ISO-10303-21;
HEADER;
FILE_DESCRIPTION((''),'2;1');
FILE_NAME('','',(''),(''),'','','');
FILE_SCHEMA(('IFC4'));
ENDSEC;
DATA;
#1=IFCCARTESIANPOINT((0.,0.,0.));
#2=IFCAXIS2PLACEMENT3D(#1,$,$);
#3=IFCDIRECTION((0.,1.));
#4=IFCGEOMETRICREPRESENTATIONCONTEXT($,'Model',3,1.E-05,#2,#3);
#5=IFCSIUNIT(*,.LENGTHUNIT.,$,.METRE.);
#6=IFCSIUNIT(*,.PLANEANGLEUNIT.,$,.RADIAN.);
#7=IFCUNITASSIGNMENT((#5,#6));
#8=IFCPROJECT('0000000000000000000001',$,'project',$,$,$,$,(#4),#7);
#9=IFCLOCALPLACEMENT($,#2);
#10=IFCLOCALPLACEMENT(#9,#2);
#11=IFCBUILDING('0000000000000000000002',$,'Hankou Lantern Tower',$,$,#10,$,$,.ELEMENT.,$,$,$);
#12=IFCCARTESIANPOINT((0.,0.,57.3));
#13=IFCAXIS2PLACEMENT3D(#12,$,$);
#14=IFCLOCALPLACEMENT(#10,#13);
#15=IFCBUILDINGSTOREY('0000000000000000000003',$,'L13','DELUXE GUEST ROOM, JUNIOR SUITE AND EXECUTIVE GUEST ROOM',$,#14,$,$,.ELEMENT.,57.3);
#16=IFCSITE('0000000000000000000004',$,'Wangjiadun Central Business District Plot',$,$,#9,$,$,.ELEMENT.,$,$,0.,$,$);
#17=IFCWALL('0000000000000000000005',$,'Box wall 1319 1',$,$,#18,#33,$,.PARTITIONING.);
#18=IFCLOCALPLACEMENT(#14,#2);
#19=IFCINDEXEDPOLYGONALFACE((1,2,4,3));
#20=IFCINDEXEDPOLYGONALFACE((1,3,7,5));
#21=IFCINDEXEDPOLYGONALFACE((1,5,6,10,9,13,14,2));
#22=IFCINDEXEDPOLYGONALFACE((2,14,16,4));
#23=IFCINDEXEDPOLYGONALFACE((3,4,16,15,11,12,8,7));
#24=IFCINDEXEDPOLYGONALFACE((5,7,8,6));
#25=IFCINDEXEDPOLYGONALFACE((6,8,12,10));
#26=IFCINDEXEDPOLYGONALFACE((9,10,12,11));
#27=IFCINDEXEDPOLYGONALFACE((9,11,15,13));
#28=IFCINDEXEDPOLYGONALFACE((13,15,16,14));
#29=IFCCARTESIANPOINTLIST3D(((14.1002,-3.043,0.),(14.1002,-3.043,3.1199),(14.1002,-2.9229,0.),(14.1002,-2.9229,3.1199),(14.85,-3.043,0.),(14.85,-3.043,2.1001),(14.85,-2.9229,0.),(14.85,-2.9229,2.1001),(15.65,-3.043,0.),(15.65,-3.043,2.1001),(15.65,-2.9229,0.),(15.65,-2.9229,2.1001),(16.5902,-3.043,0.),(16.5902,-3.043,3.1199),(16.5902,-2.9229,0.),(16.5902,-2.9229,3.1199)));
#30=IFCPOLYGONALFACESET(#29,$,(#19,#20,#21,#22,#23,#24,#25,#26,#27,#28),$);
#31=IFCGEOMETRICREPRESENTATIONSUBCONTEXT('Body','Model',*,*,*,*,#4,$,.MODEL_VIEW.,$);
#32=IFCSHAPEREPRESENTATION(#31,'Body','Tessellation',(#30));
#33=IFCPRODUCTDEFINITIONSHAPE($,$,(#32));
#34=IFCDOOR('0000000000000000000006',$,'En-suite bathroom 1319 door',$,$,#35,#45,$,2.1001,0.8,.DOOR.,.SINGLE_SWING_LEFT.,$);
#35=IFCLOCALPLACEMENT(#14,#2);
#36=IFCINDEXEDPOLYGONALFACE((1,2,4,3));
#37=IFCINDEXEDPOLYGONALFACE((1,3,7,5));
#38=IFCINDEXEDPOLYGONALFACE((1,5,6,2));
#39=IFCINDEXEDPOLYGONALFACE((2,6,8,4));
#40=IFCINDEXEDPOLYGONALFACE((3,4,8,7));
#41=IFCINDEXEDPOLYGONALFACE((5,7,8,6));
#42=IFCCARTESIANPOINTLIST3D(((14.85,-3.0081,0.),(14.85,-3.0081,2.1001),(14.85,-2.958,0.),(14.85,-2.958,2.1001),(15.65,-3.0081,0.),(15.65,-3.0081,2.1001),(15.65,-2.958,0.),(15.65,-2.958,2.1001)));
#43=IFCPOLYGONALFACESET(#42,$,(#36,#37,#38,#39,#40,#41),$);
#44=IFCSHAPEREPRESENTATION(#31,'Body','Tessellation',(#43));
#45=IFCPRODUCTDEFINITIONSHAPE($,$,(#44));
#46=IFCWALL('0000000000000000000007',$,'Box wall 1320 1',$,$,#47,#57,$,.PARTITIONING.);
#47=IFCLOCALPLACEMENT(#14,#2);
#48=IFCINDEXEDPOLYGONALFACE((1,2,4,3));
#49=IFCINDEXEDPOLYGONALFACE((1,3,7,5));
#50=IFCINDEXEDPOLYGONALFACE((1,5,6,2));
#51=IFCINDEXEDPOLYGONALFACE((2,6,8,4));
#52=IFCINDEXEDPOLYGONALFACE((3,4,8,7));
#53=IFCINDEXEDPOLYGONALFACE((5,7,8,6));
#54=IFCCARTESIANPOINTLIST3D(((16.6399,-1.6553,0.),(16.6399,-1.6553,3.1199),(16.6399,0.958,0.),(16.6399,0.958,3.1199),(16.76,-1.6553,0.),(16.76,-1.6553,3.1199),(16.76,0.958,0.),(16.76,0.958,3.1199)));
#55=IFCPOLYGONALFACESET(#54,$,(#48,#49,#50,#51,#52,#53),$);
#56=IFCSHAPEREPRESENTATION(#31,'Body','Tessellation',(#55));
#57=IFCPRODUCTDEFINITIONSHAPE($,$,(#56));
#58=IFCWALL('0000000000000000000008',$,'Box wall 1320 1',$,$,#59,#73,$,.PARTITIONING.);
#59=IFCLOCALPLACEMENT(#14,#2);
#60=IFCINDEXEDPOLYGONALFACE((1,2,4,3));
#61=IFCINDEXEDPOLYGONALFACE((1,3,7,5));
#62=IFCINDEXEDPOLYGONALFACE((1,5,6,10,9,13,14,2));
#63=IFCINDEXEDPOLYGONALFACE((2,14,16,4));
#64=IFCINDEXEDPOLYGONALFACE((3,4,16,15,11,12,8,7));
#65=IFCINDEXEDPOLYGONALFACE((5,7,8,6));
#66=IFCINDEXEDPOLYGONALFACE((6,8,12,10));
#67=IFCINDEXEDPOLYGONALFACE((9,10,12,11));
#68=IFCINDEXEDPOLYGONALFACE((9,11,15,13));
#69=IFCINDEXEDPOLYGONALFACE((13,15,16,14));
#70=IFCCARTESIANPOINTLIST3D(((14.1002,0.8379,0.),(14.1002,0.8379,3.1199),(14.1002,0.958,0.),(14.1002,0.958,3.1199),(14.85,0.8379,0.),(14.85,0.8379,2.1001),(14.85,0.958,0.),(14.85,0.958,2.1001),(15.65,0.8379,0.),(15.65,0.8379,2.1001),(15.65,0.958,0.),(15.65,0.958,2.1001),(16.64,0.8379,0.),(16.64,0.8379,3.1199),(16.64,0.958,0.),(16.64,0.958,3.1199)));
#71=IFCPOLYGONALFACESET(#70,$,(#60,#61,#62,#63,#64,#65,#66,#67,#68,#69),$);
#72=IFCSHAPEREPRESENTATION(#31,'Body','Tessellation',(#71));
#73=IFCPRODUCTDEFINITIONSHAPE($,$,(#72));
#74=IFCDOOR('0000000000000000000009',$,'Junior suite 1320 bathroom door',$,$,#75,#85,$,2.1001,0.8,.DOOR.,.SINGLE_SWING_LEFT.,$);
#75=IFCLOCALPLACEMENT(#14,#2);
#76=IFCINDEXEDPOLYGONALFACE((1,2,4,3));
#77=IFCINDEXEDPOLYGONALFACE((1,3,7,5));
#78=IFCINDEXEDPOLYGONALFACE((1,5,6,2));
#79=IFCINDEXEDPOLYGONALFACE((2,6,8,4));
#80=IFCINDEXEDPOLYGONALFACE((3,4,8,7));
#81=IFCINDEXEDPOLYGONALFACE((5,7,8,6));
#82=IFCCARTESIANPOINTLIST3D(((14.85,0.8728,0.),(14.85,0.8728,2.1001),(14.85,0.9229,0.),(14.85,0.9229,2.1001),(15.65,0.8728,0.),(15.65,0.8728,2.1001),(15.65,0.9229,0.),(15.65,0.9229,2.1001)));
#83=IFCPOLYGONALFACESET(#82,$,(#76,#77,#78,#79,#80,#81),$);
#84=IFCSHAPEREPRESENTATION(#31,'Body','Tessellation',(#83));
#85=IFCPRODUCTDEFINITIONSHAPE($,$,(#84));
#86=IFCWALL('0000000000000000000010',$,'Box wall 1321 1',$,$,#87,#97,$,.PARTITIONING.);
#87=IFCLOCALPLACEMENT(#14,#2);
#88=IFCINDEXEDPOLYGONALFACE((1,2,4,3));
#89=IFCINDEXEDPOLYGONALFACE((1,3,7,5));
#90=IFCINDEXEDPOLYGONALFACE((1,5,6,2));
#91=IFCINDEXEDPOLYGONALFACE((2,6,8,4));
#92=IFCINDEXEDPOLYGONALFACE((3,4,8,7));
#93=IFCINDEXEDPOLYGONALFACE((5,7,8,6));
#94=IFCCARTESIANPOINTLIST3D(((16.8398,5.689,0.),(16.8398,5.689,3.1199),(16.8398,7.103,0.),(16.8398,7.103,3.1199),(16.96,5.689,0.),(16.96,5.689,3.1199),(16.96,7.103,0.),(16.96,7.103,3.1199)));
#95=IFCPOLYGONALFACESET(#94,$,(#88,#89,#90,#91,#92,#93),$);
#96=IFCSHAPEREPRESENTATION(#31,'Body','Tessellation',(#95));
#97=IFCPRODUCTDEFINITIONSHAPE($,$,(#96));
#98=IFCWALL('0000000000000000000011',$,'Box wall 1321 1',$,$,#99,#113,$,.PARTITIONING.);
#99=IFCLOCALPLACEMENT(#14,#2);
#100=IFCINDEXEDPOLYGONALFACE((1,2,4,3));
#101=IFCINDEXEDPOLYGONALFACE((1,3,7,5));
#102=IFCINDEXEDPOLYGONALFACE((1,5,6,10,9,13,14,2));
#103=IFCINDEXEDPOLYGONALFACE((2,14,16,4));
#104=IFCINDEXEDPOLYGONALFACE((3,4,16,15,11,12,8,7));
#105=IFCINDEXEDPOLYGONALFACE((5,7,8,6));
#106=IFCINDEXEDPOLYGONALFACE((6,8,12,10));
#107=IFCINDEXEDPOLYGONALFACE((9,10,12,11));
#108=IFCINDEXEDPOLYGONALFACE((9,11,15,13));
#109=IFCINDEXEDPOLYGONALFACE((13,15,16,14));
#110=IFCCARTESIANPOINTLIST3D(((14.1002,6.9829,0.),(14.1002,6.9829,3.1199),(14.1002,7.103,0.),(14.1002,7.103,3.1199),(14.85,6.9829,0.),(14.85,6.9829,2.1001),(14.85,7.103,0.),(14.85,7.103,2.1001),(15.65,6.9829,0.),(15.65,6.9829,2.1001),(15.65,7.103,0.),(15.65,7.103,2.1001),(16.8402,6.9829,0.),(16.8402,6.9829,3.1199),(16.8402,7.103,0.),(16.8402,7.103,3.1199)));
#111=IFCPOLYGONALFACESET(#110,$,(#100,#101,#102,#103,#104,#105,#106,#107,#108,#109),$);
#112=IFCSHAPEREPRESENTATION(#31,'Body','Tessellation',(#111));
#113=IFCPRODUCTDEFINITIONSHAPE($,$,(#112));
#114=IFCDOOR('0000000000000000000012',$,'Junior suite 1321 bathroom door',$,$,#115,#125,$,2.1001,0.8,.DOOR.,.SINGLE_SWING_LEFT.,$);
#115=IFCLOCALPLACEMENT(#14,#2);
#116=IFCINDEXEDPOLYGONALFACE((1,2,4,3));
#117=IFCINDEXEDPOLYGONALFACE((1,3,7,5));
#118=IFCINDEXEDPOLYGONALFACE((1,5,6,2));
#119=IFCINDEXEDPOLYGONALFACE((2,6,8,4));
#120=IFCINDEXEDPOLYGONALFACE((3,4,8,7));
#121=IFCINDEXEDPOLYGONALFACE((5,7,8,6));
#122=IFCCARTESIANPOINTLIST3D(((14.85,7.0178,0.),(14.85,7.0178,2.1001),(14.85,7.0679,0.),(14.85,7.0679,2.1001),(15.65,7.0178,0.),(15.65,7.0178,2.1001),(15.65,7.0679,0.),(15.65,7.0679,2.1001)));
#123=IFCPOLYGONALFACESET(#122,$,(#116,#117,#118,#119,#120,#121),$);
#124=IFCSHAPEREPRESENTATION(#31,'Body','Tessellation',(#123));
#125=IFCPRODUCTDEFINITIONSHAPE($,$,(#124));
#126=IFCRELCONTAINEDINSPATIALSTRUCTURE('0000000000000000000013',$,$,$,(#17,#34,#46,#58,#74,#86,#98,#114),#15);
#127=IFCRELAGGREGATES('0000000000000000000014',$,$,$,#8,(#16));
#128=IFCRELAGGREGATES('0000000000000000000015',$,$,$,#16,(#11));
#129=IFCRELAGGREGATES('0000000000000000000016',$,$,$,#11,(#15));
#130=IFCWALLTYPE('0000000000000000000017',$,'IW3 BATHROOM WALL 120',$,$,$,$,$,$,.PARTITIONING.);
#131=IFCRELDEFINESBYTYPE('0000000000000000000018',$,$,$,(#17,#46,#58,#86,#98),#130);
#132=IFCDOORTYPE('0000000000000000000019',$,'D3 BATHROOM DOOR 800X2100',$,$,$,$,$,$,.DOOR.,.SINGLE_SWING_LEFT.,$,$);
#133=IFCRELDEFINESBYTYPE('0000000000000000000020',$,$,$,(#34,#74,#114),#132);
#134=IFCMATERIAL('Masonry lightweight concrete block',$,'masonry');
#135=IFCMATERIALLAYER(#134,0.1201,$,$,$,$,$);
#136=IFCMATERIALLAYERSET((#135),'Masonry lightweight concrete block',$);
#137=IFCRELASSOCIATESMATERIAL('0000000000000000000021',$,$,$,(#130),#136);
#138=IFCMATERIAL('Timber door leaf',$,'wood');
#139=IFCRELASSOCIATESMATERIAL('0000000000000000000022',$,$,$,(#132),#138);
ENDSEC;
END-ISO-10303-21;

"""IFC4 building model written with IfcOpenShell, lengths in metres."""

from ifc_helpers import new_model, si_unit, direction, frame, frame_2d, origin, place, context, subcontext, project, spatial, rectangle, extrude, material, layer, layer_set, type_object, element, fill, save


model = new_model("IFC4")

# Units and contexts
model_context = context("Model", 3, precision=1e-05, world=origin(), true_north=direction((0.0, 1.0)))
body_context = subcontext(model_context, "Body", "Model", "MODEL_VIEW")
ifc_project = project(units=[si_unit("LENGTHUNIT", "METRE"), si_unit("PLANEANGLEUNIT", "RADIAN")], contexts=[model_context])

# Site, building, storey
site_placement = place(None, origin())
site = spatial("IfcSite", under=ifc_project, at=site_placement, Name="Wangjiadun Central Business District Plot", CompositionType="ELEMENT", RefElevation=0.0)
building_placement = place(site_placement, origin())
building = spatial("IfcBuilding", under=site, at=building_placement, Name="Hankou Lantern Tower", CompositionType="ELEMENT")
storey_placement = place(building_placement, frame((0.0, 0.0, 57.3)))
storey = spatial("IfcBuildingStorey", under=building, at=storey_placement, Name="L13", Description="DELUXE GUEST ROOM, JUNIOR SUITE AND EXECUTIVE GUEST ROOM", CompositionType="ELEMENT", Elevation=57.3)

# Wall, opening, door
ifc_material_1 = material(Name="Masonry lightweight concrete block", Category="masonry")
ifc_layer_1 = layer(ifc_material_1, 0.1201)
ifc_layer_set_1 = layer_set([ifc_layer_1], Name="Masonry lightweight concrete block")
wall_type_1 = type_object("IfcWallType", Name="IW3 BATHROOM WALL 120", PredefinedType="PARTITIONING", material=ifc_layer_set_1)
wall_1_placement = place(storey_placement, frame((14.1001, -2.9829, 0.0), z_axis=(0.0, 0.0, 1.0), x_axis=(1.0, 0.0, 0.0)))
wall_1 = element("IfcWall", 1, at=wall_1_placement, inside=storey, type_object=wall_type_1, Name="Box wall 1319 1", PredefinedType="PARTITIONING", context=body_context, shape_type="SweptSolid", body=[
    extrude(rectangle(XDim=2.49, YDim=0.1201, at=frame_2d((1.2451, 0.0))), origin(), (0.0, 0.0, 1.0), 3.1199),
])
opening_1_placement = place(wall_1_placement, frame((0.75, 0.0, 0.0)))
opening_1 = element("IfcOpeningElement", 2, at=opening_1_placement, cuts=wall_1, PredefinedType="OPENING", context=body_context, shape_type="SweptSolid", body=[
    extrude(rectangle(XDim=0.8, YDim=2.1001, at=frame_2d((0.3999, 1.05))), frame((0.0, 0.0701, 0.0), z_axis=(0.0, -1.0, 0.0), x_axis=(1.0, 0.0, 0.0)), (0.0, 0.0, 1.0), 0.1401),
])
ifc_material_2 = material(Name="Timber door leaf", Category="wood")
door_type = type_object("IfcDoorType", Name="D3 BATHROOM DOOR 800X2100", OperationType="SINGLE_SWING_LEFT", PredefinedType="DOOR", material=ifc_material_2)
door_1_placement = place(opening_1_placement, origin())
door_1 = element("IfcDoor", 3, at=door_1_placement, inside=storey, type_object=door_type, Name="En-suite bathroom 1319 door", OperationType="SINGLE_SWING_LEFT", OverallHeight=2.1001, OverallWidth=0.8, PredefinedType="DOOR", context=body_context, shape_type="SweptSolid", body=[
    extrude(rectangle(XDim=0.8, YDim=2.1001, at=frame_2d((0.3999, 1.05))), frame((0.0, 0.0249, 0.0), z_axis=(0.0, -1.0, 0.0), x_axis=(1.0, 0.0, 0.0)), (0.0, 0.0, 1.0), 0.05),
])
fill(opening_1, door_1)

# Wall
wall_2_placement = place(storey_placement, frame((16.7, -1.6553, 0.0), z_axis=(0.0, 0.0, 1.0), x_axis=(0.0, 1.0, 0.0)))
element("IfcWall", 4, at=wall_2_placement, inside=storey, type_object=wall_type_1, Name="Box wall 1320 1", PredefinedType="PARTITIONING", context=body_context, shape_type="SweptSolid", body=[
    extrude(rectangle(XDim=2.6133, YDim=0.1201, at=frame_2d((1.3066, 0.0))), origin(), (0.0, 0.0, 1.0), 3.1199),
])

# Wall, opening, door
wall_3_placement = place(storey_placement, frame((14.1001, 0.8979, 0.0), z_axis=(0.0, 0.0, 1.0), x_axis=(1.0, 0.0, 0.0)))
wall_3 = element("IfcWall", 5, at=wall_3_placement, inside=storey, type_object=wall_type_1, Name="Box wall 1320 1", PredefinedType="PARTITIONING", context=body_context, shape_type="SweptSolid", body=[
    extrude(rectangle(XDim=2.5398, YDim=0.1201, at=frame_2d((1.27, 0.0))), origin(), (0.0, 0.0, 1.0), 3.1199),
])
opening_2_placement = place(wall_3_placement, frame((0.75, 0.0, 0.0)))
opening_2 = element("IfcOpeningElement", 6, at=opening_2_placement, cuts=wall_3, PredefinedType="OPENING", context=body_context, shape_type="SweptSolid", body=[
    extrude(rectangle(XDim=0.8, YDim=2.1001, at=frame_2d((0.3999, 1.05))), frame((0.0, 0.0701, 0.0), z_axis=(0.0, -1.0, 0.0), x_axis=(1.0, 0.0, 0.0)), (0.0, 0.0, 1.0), 0.1401),
])
door_2_placement = place(opening_2_placement, origin())
door_2 = element("IfcDoor", 7, at=door_2_placement, inside=storey, type_object=door_type, Name="Junior suite 1320 bathroom door", OperationType="SINGLE_SWING_LEFT", OverallHeight=2.1001, OverallWidth=0.8, PredefinedType="DOOR", context=body_context, shape_type="SweptSolid", body=[
    extrude(rectangle(XDim=0.8, YDim=2.1001, at=frame_2d((0.3999, 1.05))), frame((0.0, 0.0249, 0.0), z_axis=(0.0, -1.0, 0.0), x_axis=(1.0, 0.0, 0.0)), (0.0, 0.0, 1.0), 0.05),
])
fill(opening_2, door_2)

# Wall
wall_4_placement = place(storey_placement, frame((16.8999, 5.689, 0.0), z_axis=(0.0, 0.0, 1.0), x_axis=(0.0, 1.0, 0.0)))
element("IfcWall", 8, at=wall_4_placement, inside=storey, type_object=wall_type_1, Name="Box wall 1321 1", PredefinedType="PARTITIONING", context=body_context, shape_type="SweptSolid", body=[
    extrude(rectangle(XDim=1.4141, YDim=0.1201, at=frame_2d((0.707, 0.0))), origin(), (0.0, 0.0, 1.0), 3.1199),
])

# Wall, opening, door
wall_5_placement = place(storey_placement, frame((14.1001, 7.043, 0.0), z_axis=(0.0, 0.0, 1.0), x_axis=(1.0, 0.0, 0.0)))
wall_5 = element("IfcWall", 9, at=wall_5_placement, inside=storey, type_object=wall_type_1, Name="Box wall 1321 1", PredefinedType="PARTITIONING", context=body_context, shape_type="SweptSolid", body=[
    extrude(rectangle(XDim=2.74, YDim=0.1201, at=frame_2d((1.3701, 0.0))), origin(), (0.0, 0.0, 1.0), 3.1199),
])
opening_3_placement = place(wall_5_placement, frame((0.75, 0.0, 0.0)))
opening_3 = element("IfcOpeningElement", 10, at=opening_3_placement, cuts=wall_5, PredefinedType="OPENING", context=body_context, shape_type="SweptSolid", body=[
    extrude(rectangle(XDim=0.8, YDim=2.1001, at=frame_2d((0.3999, 1.05))), frame((0.0, 0.0701, 0.0), z_axis=(0.0, -1.0, 0.0), x_axis=(1.0, 0.0, 0.0)), (0.0, 0.0, 1.0), 0.1401),
])
door_3_placement = place(opening_3_placement, origin())
door_3 = element("IfcDoor", 11, at=door_3_placement, inside=storey, type_object=door_type, Name="Junior suite 1321 bathroom door", OperationType="SINGLE_SWING_LEFT", OverallHeight=2.1001, OverallWidth=0.8, PredefinedType="DOOR", context=body_context, shape_type="SweptSolid", body=[
    extrude(rectangle(XDim=0.8, YDim=2.1001, at=frame_2d((0.3999, 1.05))), frame((0.0, 0.0249, 0.0), z_axis=(0.0, -1.0, 0.0), x_axis=(1.0, 0.0, 0.0)), (0.0, 0.0, 1.0), 0.05),
])
fill(opening_3, door_3)

save(model, "model.ifc")
